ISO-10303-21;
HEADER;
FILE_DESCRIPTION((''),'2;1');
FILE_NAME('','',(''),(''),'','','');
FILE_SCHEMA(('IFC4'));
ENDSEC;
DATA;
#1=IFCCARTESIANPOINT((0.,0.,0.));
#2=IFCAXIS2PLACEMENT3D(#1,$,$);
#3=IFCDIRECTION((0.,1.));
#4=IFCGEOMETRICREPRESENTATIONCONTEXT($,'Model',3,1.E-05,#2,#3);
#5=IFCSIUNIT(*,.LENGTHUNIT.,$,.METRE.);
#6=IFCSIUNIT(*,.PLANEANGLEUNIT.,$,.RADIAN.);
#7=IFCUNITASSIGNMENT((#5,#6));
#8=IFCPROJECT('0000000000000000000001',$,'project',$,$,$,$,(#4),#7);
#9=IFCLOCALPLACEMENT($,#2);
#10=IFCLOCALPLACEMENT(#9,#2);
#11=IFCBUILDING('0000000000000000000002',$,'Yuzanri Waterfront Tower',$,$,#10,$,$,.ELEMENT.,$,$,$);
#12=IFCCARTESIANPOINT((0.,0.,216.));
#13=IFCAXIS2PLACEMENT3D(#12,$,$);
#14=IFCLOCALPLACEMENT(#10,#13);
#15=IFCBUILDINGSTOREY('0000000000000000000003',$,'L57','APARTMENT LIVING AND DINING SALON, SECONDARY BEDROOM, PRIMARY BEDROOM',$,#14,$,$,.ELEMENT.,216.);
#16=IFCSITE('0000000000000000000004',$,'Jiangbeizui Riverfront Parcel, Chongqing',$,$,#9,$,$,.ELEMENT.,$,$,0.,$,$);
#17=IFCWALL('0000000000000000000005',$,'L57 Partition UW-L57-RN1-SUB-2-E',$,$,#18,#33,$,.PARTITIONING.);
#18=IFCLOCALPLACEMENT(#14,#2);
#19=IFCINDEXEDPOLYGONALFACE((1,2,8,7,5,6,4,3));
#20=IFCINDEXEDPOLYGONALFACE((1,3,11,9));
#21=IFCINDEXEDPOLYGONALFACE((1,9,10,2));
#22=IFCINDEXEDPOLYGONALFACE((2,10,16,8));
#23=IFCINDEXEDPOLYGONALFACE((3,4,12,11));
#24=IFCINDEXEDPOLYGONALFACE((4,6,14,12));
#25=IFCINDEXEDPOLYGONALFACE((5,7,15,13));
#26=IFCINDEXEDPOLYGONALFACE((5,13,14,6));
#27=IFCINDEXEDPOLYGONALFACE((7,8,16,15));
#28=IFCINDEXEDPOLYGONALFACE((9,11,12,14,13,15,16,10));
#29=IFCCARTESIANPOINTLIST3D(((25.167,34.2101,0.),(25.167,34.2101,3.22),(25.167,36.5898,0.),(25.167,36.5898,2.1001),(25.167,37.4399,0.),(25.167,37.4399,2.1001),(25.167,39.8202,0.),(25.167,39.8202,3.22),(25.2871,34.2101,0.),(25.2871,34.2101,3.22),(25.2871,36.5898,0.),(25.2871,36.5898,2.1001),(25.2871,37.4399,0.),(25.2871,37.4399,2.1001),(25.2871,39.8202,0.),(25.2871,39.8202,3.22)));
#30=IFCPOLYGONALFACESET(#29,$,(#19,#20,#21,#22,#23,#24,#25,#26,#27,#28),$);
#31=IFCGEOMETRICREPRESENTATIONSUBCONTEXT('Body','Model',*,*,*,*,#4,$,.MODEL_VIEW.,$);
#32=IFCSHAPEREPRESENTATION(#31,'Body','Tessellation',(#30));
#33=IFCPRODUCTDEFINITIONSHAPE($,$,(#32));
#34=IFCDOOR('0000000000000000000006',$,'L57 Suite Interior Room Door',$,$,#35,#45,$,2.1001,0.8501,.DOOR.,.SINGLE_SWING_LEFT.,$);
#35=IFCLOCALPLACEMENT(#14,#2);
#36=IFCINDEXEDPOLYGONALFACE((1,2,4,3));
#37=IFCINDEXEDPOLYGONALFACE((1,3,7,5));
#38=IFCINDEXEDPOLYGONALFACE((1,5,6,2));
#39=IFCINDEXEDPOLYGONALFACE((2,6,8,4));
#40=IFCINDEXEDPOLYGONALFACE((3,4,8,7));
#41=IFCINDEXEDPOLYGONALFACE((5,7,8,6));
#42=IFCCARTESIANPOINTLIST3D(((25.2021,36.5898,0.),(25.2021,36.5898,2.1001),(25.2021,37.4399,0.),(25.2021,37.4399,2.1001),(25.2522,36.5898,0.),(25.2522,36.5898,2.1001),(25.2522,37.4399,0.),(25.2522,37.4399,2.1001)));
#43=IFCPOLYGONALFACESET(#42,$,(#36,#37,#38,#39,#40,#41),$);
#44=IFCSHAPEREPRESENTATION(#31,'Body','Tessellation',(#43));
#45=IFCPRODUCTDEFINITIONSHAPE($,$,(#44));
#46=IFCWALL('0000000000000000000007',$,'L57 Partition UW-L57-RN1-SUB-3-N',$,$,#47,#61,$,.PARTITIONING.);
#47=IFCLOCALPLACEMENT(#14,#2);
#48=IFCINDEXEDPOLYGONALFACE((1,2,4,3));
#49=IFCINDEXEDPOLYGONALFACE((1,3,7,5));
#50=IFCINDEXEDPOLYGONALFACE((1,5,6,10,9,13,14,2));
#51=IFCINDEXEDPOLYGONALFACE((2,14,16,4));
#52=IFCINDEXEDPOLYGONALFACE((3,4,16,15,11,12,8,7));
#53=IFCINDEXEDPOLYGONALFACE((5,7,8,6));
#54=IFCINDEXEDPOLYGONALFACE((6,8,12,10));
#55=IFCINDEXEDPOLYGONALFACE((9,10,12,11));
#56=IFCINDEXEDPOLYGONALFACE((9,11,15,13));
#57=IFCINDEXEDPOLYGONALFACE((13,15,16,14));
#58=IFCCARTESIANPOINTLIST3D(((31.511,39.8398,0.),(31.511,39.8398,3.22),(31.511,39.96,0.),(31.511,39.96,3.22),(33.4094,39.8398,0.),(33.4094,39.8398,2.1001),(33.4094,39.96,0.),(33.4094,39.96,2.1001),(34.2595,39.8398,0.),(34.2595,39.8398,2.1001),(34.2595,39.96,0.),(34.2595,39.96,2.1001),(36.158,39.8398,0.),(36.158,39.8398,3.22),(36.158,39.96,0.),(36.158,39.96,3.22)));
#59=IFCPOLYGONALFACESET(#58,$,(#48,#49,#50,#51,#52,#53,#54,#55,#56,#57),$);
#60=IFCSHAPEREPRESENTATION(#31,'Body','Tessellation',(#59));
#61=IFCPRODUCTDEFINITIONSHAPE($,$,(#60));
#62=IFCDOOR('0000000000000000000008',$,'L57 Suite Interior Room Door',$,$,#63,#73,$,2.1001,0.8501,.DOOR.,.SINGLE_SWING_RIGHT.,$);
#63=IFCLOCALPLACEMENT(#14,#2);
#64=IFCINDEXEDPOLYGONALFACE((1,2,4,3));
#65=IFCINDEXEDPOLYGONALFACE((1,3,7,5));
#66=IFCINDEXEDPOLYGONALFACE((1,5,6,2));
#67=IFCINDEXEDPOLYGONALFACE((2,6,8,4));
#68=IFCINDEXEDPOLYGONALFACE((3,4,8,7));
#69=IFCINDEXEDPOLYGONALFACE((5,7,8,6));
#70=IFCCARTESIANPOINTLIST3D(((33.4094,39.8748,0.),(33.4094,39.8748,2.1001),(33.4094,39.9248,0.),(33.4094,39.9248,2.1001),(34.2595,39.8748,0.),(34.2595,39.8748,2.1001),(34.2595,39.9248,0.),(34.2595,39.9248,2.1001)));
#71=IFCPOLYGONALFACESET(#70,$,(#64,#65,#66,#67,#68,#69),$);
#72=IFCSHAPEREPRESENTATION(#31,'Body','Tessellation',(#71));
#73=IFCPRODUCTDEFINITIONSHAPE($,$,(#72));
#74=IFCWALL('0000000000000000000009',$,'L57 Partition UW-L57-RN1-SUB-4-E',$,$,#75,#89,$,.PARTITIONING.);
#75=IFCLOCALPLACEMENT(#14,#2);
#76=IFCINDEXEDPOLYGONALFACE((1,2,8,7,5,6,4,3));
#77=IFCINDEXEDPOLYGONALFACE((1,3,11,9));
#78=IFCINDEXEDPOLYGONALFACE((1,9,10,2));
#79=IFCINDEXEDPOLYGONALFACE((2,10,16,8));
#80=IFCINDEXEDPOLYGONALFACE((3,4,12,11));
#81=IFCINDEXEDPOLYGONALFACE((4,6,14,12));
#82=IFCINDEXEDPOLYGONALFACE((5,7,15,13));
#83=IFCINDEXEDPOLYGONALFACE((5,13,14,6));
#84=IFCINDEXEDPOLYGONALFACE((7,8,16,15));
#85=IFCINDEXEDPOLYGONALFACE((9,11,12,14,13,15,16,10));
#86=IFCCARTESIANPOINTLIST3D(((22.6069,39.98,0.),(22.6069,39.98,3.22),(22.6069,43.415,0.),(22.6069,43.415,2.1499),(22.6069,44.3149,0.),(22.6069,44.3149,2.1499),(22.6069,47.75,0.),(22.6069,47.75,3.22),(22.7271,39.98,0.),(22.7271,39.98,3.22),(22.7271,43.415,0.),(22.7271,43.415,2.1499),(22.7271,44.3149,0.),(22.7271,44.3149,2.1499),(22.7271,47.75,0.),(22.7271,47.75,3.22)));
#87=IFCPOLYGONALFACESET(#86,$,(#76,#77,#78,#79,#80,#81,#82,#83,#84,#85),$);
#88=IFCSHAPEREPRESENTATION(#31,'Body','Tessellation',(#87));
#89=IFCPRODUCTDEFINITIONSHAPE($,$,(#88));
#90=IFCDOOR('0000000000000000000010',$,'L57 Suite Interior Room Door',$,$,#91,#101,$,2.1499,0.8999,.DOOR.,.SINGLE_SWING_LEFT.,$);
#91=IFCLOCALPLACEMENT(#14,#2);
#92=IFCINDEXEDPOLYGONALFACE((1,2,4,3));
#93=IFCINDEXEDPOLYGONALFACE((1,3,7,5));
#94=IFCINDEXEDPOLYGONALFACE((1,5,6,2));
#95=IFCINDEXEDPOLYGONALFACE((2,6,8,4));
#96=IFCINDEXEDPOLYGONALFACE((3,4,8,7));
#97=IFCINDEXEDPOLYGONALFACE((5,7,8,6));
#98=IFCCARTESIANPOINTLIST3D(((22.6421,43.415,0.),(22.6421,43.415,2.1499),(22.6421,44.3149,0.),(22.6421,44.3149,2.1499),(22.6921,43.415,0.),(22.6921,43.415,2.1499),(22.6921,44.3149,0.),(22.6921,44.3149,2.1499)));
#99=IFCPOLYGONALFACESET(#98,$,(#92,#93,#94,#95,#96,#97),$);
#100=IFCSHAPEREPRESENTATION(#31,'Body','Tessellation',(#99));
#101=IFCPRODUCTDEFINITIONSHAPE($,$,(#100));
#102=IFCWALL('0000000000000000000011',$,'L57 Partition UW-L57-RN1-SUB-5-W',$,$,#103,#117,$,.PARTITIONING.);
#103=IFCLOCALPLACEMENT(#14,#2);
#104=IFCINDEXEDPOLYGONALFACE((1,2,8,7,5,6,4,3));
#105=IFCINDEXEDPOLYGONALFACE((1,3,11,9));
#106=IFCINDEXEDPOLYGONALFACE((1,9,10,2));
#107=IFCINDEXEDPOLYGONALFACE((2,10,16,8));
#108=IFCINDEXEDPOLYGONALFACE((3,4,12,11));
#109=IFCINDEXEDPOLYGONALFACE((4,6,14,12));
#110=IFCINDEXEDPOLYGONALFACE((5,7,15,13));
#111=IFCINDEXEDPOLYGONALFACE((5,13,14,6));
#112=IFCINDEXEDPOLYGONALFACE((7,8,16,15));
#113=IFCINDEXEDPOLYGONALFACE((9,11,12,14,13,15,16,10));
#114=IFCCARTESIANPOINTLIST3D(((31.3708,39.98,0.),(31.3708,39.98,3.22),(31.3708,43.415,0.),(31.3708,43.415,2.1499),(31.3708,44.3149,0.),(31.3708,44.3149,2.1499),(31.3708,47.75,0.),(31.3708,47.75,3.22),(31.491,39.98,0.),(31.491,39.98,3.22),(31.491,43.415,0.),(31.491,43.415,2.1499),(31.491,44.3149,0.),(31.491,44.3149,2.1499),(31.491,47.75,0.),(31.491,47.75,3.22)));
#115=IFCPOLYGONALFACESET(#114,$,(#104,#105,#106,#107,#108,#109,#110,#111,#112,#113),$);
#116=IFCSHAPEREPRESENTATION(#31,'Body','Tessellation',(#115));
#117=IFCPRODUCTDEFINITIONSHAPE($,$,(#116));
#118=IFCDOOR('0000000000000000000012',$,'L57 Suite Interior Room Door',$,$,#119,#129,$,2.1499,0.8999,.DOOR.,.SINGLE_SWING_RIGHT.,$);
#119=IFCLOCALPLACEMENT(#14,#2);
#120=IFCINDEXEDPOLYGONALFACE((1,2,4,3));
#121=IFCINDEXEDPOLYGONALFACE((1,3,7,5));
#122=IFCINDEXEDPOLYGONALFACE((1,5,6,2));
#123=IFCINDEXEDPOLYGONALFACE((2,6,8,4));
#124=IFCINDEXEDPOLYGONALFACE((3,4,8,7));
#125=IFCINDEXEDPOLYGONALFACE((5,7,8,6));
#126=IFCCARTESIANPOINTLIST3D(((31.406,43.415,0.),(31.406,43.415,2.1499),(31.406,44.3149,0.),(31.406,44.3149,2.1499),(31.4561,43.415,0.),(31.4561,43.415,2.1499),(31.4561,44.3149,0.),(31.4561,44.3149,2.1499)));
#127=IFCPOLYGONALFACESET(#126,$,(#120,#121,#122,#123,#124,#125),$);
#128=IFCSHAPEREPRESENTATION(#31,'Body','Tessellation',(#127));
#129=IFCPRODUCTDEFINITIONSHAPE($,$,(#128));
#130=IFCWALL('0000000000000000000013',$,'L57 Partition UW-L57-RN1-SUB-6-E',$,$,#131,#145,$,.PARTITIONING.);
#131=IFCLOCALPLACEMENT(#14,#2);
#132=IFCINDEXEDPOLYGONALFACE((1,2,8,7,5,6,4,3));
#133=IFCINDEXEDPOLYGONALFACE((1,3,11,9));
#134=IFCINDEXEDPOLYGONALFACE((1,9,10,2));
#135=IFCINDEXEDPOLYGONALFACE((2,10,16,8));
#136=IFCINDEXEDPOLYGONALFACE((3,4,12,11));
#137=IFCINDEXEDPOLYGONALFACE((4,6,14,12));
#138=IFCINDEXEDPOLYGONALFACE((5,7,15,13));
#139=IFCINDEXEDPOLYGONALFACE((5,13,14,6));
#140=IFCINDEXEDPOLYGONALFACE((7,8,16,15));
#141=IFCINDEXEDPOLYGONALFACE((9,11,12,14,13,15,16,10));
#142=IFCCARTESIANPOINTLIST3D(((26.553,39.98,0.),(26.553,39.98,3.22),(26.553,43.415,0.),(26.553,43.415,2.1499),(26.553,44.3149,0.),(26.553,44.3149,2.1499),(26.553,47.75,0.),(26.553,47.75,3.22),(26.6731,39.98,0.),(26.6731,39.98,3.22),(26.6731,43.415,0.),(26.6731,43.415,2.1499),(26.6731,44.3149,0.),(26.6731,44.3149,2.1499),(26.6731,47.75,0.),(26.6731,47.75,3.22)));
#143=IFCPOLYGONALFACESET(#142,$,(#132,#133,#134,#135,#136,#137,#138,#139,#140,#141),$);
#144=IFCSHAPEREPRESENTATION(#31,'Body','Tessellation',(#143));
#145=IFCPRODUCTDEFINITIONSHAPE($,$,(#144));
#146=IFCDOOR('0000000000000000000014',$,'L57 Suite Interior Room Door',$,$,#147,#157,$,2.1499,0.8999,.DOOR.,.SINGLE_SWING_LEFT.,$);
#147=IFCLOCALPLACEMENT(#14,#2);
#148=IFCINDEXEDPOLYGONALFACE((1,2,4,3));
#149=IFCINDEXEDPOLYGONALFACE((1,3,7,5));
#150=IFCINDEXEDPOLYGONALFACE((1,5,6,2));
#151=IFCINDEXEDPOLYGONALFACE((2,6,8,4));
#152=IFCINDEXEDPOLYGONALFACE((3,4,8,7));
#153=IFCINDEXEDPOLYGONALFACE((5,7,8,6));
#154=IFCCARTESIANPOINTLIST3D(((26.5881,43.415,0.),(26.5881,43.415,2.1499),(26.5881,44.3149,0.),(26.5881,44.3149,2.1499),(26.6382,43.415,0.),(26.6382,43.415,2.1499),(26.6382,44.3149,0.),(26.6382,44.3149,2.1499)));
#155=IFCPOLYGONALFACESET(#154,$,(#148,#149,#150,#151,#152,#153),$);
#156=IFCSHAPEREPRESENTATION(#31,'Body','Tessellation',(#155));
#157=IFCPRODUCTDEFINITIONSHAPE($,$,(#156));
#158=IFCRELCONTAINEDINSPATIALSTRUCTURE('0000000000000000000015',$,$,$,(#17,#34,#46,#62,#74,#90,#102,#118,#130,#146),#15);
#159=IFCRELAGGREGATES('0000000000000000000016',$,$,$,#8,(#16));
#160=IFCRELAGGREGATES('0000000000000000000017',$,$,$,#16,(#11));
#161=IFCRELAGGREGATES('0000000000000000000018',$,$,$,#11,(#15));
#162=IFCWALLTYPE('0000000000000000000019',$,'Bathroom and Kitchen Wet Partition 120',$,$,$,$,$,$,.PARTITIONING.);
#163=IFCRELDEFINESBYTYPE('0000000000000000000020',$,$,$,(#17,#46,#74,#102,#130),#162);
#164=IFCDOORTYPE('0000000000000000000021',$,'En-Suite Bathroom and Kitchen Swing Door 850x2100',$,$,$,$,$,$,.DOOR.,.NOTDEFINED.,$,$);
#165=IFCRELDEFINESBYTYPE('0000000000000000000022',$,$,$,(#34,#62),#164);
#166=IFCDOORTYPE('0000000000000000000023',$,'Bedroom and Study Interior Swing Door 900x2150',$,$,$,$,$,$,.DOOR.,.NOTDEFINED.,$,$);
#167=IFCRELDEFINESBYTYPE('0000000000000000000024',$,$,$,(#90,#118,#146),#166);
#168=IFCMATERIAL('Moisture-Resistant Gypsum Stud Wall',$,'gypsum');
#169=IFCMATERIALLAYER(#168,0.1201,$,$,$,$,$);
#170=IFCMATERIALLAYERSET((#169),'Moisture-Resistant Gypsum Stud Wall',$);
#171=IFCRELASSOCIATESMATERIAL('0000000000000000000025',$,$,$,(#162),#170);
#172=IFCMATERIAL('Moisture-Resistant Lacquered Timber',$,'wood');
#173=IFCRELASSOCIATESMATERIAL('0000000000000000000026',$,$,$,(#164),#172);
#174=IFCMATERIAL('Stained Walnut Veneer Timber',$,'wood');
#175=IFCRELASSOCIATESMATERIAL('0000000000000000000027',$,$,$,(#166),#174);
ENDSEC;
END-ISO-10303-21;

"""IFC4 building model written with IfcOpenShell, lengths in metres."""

from ifc_helpers import new_model, si_unit, direction, frame, frame_2d, origin, place, context, subcontext, project, spatial, rectangle, extrude, source, transform, mapped, material, layer, layer_set, type_object, element, fill, save


model = new_model("IFC4")

# Units and contexts
model_context = context("Model", 3, precision=1e-05, world=origin(), true_north=direction((0.0, 1.0)))
body_context = subcontext(model_context, "Body", "Model", "MODEL_VIEW")
ifc_project = project(units=[si_unit("LENGTHUNIT", "METRE"), si_unit("PLANEANGLEUNIT", "RADIAN")], contexts=[model_context])

# Site, building, storey
site_placement = place(None, origin())
site = spatial("IfcSite", under=ifc_project, at=site_placement, Name="Jiangbeizui Riverfront Parcel, Chongqing", CompositionType="ELEMENT", RefElevation=0.0)
building_placement = place(site_placement, origin())
building = spatial("IfcBuilding", under=site, at=building_placement, Name="Yuzanri Waterfront Tower", CompositionType="ELEMENT")
storey_placement = place(building_placement, frame((0.0, 0.0, 216.0)))
storey = spatial("IfcBuildingStorey", under=building, at=storey_placement, Name="L57", Description="APARTMENT LIVING AND DINING SALON, SECONDARY BEDROOM, PRIMARY BEDROOM", CompositionType="ELEMENT", Elevation=216.0)

# Walls, openings, doors
ifc_material_1 = material(Name="Moisture-Resistant Gypsum Stud Wall", Category="gypsum")
ifc_layer_1 = layer(ifc_material_1, 0.1201)
ifc_layer_set_1 = layer_set([ifc_layer_1], Name="Moisture-Resistant Gypsum Stud Wall")
wall_type_1 = type_object("IfcWallType", Name="Bathroom and Kitchen Wet Partition 120", PredefinedType="PARTITIONING", material=ifc_layer_set_1)
wall_1_placement = place(storey_placement, frame((25.2271, 34.21, 0.0), z_axis=(0.0, 0.0, 1.0), x_axis=(0.0, 1.0, 0.0)))
wall_1 = element("IfcWall", 1, at=wall_1_placement, inside=storey, type_object=wall_type_1, Name="L57 Partition UW-L57-RN1-SUB-2-E", PredefinedType="PARTITIONING", context=body_context, shape_type="SweptSolid", body=[
    extrude(rectangle(XDim=5.6101, YDim=0.1201, at=frame_2d((2.8052, 0.0))), origin(), (0.0, 0.0, 1.0), 3.22),
])
opening_1_placement = place(wall_1_placement, frame((2.3799, 0.0, 0.0)))
opening_1 = element("IfcOpeningElement", 2, at=opening_1_placement, cuts=wall_1, PredefinedType="OPENING", context=body_context, shape_type="SweptSolid", body=[
    extrude(rectangle(XDim=0.8501, YDim=2.1001, at=frame_2d((0.425, 1.05))), frame((0.0, 0.075, 0.0), z_axis=(0.0, -1.0, 0.0), x_axis=(1.0, 0.0, 0.0)), (0.0, 0.0, 1.0), 0.1499),
])
ifc_material_2 = material(Name="Moisture-Resistant Lacquered Timber", Category="wood")
door_type_1 = type_object("IfcDoorType", Name="En-Suite Bathroom and Kitchen Swing Door 850x2100", OperationType="NOTDEFINED", PredefinedType="DOOR", material=ifc_material_2)
shared_shape_1 = source(origin(), body_context, "Body", "SweptSolid", [
    extrude(rectangle(XDim=0.8501, YDim=2.1001, at=frame_2d((0.425, 1.05))), frame((0.0, 0.0249, 0.0), z_axis=(0.0, -1.0, 0.0), x_axis=(1.0, 0.0, 0.0)), (0.0, 0.0, 1.0), 0.05),
])
door_1_placement = place(opening_1_placement, origin())
door_1 = element("IfcDoor", 3, at=door_1_placement, inside=storey, type_object=door_type_1, Name="L57 Suite Interior Room Door", OperationType="SINGLE_SWING_LEFT", OverallHeight=2.1001, OverallWidth=0.8501, PredefinedType="DOOR", context=body_context, shape_type="MappedRepresentation", body=[
    mapped(shared_shape_1, transform((0.0, 0.0, 0.0), scale=1.0)),
])
fill(opening_1, door_1)
wall_2_placement = place(storey_placement, frame((31.511, 39.8999, 0.0), z_axis=(0.0, 0.0, 1.0), x_axis=(1.0, 0.0, 0.0)))
wall_2 = element("IfcWall", 4, at=wall_2_placement, inside=storey, type_object=wall_type_1, Name="L57 Partition UW-L57-RN1-SUB-3-N", PredefinedType="PARTITIONING", context=body_context, shape_type="SweptSolid", body=[
    extrude(rectangle(XDim=4.647, YDim=0.1201, at=frame_2d((2.3235, 0.0))), origin(), (0.0, 0.0, 1.0), 3.22),
])
opening_2_placement = place(wall_2_placement, frame((1.8984, 0.0, 0.0)))
opening_2 = element("IfcOpeningElement", 5, at=opening_2_placement, cuts=wall_2, PredefinedType="OPENING", context=body_context, shape_type="SweptSolid", body=[
    extrude(rectangle(XDim=0.8501, YDim=2.1001, at=frame_2d((0.425, 1.05))), frame((0.0, 0.075, 0.0), z_axis=(0.0, -1.0, 0.0), x_axis=(1.0, 0.0, 0.0)), (0.0, 0.0, 1.0), 0.1499),
])
door_2_placement = place(opening_2_placement, origin())
door_2 = element("IfcDoor", 6, at=door_2_placement, inside=storey, type_object=door_type_1, Name="L57 Suite Interior Room Door", OperationType="SINGLE_SWING_RIGHT", OverallHeight=2.1001, OverallWidth=0.8501, PredefinedType="DOOR", context=body_context, shape_type="MappedRepresentation", body=[
    mapped(shared_shape_1, transform((0.0, 0.0, 0.0), scale=1.0)),
])
fill(opening_2, door_2)
wall_3_placement = place(storey_placement, frame((22.667, 39.98, 0.0), z_axis=(0.0, 0.0, 1.0), x_axis=(0.0, 1.0, 0.0)))
wall_3 = element("IfcWall", 7, at=wall_3_placement, inside=storey, type_object=wall_type_1, Name="L57 Partition UW-L57-RN1-SUB-4-E", PredefinedType="PARTITIONING", context=body_context, shape_type="SweptSolid", body=[
    extrude(rectangle(XDim=7.77, YDim=0.1201, at=frame_2d((3.885, 0.0))), origin(), (0.0, 0.0, 1.0), 3.22),
])
opening_3_placement = place(wall_3_placement, frame((3.4351, 0.0, 0.0)))
opening_3 = element("IfcOpeningElement", 8, at=opening_3_placement, cuts=wall_3, PredefinedType="OPENING", context=body_context, shape_type="SweptSolid", body=[
    extrude(rectangle(XDim=0.8999, YDim=2.1499, at=frame_2d((0.45, 1.075))), frame((0.0, 0.075, 0.0), z_axis=(0.0, -1.0, 0.0), x_axis=(1.0, 0.0, 0.0)), (0.0, 0.0, 1.0), 0.1499),
])
ifc_material_3 = material(Name="Stained Walnut Veneer Timber", Category="wood")
door_type_2 = type_object("IfcDoorType", Name="Bedroom and Study Interior Swing Door 900x2150", OperationType="NOTDEFINED", PredefinedType="DOOR", material=ifc_material_3)
shared_shape_2 = source(origin(), body_context, "Body", "SweptSolid", [
    extrude(rectangle(XDim=0.8999, YDim=2.1499, at=frame_2d((0.45, 1.075))), frame((0.0, 0.0249, 0.0), z_axis=(0.0, -1.0, 0.0), x_axis=(1.0, 0.0, 0.0)), (0.0, 0.0, 1.0), 0.05),
])
door_3_placement = place(opening_3_placement, origin())
door_3 = element("IfcDoor", 9, at=door_3_placement, inside=storey, type_object=door_type_2, Name="L57 Suite Interior Room Door", OperationType="SINGLE_SWING_LEFT", OverallHeight=2.1499, OverallWidth=0.8999, PredefinedType="DOOR", context=body_context, shape_type="MappedRepresentation", body=[
    mapped(shared_shape_2, transform((0.0, 0.0, 0.0), scale=1.0)),
])
fill(opening_3, door_3)
wall_4_placement = place(storey_placement, frame((31.4309, 39.98, 0.0), z_axis=(0.0, 0.0, 1.0), x_axis=(0.0, 1.0, 0.0)))
wall_4 = element("IfcWall", 10, at=wall_4_placement, inside=storey, type_object=wall_type_1, Name="L57 Partition UW-L57-RN1-SUB-5-W", PredefinedType="PARTITIONING", context=body_context, shape_type="SweptSolid", body=[
    extrude(rectangle(XDim=7.77, YDim=0.1201, at=frame_2d((3.885, 0.0))), origin(), (0.0, 0.0, 1.0), 3.22),
])
opening_4_placement = place(wall_4_placement, frame((3.4351, 0.0, 0.0)))
opening_4 = element("IfcOpeningElement", 11, at=opening_4_placement, cuts=wall_4, PredefinedType="OPENING", context=body_context, shape_type="SweptSolid", body=[
    extrude(rectangle(XDim=0.8999, YDim=2.1499, at=frame_2d((0.45, 1.075))), frame((0.0, 0.075, 0.0), z_axis=(0.0, -1.0, 0.0), x_axis=(1.0, 0.0, 0.0)), (0.0, 0.0, 1.0), 0.1499),
])
door_4_placement = place(opening_4_placement, origin())
door_4 = element("IfcDoor", 12, at=door_4_placement, inside=storey, type_object=door_type_2, Name="L57 Suite Interior Room Door", OperationType="SINGLE_SWING_RIGHT", OverallHeight=2.1499, OverallWidth=0.8999, PredefinedType="DOOR", context=body_context, shape_type="MappedRepresentation", body=[
    mapped(shared_shape_2, transform((0.0, 0.0, 0.0), scale=1.0)),
])
fill(opening_4, door_4)
wall_5_placement = place(storey_placement, frame((26.613, 39.98, 0.0), z_axis=(0.0, 0.0, 1.0), x_axis=(0.0, 1.0, 0.0)))
wall_5 = element("IfcWall", 13, at=wall_5_placement, inside=storey, type_object=wall_type_1, Name="L57 Partition UW-L57-RN1-SUB-6-E", PredefinedType="PARTITIONING", context=body_context, shape_type="SweptSolid", body=[
    extrude(rectangle(XDim=7.77, YDim=0.1201, at=frame_2d((3.885, 0.0))), origin(), (0.0, 0.0, 1.0), 3.22),
])
opening_5_placement = place(wall_5_placement, frame((3.4351, 0.0, 0.0)))
opening_5 = element("IfcOpeningElement", 14, at=opening_5_placement, cuts=wall_5, PredefinedType="OPENING", context=body_context, shape_type="SweptSolid", body=[
    extrude(rectangle(XDim=0.8999, YDim=2.1499, at=frame_2d((0.45, 1.075))), frame((0.0, 0.075, 0.0), z_axis=(0.0, -1.0, 0.0), x_axis=(1.0, 0.0, 0.0)), (0.0, 0.0, 1.0), 0.1499),
])
door_5_placement = place(opening_5_placement, origin())
door_5 = element("IfcDoor", 15, at=door_5_placement, inside=storey, type_object=door_type_2, Name="L57 Suite Interior Room Door", OperationType="SINGLE_SWING_LEFT", OverallHeight=2.1499, OverallWidth=0.8999, PredefinedType="DOOR", context=body_context, shape_type="MappedRepresentation", body=[
    mapped(shared_shape_2, transform((0.0, 0.0, 0.0), scale=1.0)),
])
fill(opening_5, door_5)

save(model, "model.ifc")
